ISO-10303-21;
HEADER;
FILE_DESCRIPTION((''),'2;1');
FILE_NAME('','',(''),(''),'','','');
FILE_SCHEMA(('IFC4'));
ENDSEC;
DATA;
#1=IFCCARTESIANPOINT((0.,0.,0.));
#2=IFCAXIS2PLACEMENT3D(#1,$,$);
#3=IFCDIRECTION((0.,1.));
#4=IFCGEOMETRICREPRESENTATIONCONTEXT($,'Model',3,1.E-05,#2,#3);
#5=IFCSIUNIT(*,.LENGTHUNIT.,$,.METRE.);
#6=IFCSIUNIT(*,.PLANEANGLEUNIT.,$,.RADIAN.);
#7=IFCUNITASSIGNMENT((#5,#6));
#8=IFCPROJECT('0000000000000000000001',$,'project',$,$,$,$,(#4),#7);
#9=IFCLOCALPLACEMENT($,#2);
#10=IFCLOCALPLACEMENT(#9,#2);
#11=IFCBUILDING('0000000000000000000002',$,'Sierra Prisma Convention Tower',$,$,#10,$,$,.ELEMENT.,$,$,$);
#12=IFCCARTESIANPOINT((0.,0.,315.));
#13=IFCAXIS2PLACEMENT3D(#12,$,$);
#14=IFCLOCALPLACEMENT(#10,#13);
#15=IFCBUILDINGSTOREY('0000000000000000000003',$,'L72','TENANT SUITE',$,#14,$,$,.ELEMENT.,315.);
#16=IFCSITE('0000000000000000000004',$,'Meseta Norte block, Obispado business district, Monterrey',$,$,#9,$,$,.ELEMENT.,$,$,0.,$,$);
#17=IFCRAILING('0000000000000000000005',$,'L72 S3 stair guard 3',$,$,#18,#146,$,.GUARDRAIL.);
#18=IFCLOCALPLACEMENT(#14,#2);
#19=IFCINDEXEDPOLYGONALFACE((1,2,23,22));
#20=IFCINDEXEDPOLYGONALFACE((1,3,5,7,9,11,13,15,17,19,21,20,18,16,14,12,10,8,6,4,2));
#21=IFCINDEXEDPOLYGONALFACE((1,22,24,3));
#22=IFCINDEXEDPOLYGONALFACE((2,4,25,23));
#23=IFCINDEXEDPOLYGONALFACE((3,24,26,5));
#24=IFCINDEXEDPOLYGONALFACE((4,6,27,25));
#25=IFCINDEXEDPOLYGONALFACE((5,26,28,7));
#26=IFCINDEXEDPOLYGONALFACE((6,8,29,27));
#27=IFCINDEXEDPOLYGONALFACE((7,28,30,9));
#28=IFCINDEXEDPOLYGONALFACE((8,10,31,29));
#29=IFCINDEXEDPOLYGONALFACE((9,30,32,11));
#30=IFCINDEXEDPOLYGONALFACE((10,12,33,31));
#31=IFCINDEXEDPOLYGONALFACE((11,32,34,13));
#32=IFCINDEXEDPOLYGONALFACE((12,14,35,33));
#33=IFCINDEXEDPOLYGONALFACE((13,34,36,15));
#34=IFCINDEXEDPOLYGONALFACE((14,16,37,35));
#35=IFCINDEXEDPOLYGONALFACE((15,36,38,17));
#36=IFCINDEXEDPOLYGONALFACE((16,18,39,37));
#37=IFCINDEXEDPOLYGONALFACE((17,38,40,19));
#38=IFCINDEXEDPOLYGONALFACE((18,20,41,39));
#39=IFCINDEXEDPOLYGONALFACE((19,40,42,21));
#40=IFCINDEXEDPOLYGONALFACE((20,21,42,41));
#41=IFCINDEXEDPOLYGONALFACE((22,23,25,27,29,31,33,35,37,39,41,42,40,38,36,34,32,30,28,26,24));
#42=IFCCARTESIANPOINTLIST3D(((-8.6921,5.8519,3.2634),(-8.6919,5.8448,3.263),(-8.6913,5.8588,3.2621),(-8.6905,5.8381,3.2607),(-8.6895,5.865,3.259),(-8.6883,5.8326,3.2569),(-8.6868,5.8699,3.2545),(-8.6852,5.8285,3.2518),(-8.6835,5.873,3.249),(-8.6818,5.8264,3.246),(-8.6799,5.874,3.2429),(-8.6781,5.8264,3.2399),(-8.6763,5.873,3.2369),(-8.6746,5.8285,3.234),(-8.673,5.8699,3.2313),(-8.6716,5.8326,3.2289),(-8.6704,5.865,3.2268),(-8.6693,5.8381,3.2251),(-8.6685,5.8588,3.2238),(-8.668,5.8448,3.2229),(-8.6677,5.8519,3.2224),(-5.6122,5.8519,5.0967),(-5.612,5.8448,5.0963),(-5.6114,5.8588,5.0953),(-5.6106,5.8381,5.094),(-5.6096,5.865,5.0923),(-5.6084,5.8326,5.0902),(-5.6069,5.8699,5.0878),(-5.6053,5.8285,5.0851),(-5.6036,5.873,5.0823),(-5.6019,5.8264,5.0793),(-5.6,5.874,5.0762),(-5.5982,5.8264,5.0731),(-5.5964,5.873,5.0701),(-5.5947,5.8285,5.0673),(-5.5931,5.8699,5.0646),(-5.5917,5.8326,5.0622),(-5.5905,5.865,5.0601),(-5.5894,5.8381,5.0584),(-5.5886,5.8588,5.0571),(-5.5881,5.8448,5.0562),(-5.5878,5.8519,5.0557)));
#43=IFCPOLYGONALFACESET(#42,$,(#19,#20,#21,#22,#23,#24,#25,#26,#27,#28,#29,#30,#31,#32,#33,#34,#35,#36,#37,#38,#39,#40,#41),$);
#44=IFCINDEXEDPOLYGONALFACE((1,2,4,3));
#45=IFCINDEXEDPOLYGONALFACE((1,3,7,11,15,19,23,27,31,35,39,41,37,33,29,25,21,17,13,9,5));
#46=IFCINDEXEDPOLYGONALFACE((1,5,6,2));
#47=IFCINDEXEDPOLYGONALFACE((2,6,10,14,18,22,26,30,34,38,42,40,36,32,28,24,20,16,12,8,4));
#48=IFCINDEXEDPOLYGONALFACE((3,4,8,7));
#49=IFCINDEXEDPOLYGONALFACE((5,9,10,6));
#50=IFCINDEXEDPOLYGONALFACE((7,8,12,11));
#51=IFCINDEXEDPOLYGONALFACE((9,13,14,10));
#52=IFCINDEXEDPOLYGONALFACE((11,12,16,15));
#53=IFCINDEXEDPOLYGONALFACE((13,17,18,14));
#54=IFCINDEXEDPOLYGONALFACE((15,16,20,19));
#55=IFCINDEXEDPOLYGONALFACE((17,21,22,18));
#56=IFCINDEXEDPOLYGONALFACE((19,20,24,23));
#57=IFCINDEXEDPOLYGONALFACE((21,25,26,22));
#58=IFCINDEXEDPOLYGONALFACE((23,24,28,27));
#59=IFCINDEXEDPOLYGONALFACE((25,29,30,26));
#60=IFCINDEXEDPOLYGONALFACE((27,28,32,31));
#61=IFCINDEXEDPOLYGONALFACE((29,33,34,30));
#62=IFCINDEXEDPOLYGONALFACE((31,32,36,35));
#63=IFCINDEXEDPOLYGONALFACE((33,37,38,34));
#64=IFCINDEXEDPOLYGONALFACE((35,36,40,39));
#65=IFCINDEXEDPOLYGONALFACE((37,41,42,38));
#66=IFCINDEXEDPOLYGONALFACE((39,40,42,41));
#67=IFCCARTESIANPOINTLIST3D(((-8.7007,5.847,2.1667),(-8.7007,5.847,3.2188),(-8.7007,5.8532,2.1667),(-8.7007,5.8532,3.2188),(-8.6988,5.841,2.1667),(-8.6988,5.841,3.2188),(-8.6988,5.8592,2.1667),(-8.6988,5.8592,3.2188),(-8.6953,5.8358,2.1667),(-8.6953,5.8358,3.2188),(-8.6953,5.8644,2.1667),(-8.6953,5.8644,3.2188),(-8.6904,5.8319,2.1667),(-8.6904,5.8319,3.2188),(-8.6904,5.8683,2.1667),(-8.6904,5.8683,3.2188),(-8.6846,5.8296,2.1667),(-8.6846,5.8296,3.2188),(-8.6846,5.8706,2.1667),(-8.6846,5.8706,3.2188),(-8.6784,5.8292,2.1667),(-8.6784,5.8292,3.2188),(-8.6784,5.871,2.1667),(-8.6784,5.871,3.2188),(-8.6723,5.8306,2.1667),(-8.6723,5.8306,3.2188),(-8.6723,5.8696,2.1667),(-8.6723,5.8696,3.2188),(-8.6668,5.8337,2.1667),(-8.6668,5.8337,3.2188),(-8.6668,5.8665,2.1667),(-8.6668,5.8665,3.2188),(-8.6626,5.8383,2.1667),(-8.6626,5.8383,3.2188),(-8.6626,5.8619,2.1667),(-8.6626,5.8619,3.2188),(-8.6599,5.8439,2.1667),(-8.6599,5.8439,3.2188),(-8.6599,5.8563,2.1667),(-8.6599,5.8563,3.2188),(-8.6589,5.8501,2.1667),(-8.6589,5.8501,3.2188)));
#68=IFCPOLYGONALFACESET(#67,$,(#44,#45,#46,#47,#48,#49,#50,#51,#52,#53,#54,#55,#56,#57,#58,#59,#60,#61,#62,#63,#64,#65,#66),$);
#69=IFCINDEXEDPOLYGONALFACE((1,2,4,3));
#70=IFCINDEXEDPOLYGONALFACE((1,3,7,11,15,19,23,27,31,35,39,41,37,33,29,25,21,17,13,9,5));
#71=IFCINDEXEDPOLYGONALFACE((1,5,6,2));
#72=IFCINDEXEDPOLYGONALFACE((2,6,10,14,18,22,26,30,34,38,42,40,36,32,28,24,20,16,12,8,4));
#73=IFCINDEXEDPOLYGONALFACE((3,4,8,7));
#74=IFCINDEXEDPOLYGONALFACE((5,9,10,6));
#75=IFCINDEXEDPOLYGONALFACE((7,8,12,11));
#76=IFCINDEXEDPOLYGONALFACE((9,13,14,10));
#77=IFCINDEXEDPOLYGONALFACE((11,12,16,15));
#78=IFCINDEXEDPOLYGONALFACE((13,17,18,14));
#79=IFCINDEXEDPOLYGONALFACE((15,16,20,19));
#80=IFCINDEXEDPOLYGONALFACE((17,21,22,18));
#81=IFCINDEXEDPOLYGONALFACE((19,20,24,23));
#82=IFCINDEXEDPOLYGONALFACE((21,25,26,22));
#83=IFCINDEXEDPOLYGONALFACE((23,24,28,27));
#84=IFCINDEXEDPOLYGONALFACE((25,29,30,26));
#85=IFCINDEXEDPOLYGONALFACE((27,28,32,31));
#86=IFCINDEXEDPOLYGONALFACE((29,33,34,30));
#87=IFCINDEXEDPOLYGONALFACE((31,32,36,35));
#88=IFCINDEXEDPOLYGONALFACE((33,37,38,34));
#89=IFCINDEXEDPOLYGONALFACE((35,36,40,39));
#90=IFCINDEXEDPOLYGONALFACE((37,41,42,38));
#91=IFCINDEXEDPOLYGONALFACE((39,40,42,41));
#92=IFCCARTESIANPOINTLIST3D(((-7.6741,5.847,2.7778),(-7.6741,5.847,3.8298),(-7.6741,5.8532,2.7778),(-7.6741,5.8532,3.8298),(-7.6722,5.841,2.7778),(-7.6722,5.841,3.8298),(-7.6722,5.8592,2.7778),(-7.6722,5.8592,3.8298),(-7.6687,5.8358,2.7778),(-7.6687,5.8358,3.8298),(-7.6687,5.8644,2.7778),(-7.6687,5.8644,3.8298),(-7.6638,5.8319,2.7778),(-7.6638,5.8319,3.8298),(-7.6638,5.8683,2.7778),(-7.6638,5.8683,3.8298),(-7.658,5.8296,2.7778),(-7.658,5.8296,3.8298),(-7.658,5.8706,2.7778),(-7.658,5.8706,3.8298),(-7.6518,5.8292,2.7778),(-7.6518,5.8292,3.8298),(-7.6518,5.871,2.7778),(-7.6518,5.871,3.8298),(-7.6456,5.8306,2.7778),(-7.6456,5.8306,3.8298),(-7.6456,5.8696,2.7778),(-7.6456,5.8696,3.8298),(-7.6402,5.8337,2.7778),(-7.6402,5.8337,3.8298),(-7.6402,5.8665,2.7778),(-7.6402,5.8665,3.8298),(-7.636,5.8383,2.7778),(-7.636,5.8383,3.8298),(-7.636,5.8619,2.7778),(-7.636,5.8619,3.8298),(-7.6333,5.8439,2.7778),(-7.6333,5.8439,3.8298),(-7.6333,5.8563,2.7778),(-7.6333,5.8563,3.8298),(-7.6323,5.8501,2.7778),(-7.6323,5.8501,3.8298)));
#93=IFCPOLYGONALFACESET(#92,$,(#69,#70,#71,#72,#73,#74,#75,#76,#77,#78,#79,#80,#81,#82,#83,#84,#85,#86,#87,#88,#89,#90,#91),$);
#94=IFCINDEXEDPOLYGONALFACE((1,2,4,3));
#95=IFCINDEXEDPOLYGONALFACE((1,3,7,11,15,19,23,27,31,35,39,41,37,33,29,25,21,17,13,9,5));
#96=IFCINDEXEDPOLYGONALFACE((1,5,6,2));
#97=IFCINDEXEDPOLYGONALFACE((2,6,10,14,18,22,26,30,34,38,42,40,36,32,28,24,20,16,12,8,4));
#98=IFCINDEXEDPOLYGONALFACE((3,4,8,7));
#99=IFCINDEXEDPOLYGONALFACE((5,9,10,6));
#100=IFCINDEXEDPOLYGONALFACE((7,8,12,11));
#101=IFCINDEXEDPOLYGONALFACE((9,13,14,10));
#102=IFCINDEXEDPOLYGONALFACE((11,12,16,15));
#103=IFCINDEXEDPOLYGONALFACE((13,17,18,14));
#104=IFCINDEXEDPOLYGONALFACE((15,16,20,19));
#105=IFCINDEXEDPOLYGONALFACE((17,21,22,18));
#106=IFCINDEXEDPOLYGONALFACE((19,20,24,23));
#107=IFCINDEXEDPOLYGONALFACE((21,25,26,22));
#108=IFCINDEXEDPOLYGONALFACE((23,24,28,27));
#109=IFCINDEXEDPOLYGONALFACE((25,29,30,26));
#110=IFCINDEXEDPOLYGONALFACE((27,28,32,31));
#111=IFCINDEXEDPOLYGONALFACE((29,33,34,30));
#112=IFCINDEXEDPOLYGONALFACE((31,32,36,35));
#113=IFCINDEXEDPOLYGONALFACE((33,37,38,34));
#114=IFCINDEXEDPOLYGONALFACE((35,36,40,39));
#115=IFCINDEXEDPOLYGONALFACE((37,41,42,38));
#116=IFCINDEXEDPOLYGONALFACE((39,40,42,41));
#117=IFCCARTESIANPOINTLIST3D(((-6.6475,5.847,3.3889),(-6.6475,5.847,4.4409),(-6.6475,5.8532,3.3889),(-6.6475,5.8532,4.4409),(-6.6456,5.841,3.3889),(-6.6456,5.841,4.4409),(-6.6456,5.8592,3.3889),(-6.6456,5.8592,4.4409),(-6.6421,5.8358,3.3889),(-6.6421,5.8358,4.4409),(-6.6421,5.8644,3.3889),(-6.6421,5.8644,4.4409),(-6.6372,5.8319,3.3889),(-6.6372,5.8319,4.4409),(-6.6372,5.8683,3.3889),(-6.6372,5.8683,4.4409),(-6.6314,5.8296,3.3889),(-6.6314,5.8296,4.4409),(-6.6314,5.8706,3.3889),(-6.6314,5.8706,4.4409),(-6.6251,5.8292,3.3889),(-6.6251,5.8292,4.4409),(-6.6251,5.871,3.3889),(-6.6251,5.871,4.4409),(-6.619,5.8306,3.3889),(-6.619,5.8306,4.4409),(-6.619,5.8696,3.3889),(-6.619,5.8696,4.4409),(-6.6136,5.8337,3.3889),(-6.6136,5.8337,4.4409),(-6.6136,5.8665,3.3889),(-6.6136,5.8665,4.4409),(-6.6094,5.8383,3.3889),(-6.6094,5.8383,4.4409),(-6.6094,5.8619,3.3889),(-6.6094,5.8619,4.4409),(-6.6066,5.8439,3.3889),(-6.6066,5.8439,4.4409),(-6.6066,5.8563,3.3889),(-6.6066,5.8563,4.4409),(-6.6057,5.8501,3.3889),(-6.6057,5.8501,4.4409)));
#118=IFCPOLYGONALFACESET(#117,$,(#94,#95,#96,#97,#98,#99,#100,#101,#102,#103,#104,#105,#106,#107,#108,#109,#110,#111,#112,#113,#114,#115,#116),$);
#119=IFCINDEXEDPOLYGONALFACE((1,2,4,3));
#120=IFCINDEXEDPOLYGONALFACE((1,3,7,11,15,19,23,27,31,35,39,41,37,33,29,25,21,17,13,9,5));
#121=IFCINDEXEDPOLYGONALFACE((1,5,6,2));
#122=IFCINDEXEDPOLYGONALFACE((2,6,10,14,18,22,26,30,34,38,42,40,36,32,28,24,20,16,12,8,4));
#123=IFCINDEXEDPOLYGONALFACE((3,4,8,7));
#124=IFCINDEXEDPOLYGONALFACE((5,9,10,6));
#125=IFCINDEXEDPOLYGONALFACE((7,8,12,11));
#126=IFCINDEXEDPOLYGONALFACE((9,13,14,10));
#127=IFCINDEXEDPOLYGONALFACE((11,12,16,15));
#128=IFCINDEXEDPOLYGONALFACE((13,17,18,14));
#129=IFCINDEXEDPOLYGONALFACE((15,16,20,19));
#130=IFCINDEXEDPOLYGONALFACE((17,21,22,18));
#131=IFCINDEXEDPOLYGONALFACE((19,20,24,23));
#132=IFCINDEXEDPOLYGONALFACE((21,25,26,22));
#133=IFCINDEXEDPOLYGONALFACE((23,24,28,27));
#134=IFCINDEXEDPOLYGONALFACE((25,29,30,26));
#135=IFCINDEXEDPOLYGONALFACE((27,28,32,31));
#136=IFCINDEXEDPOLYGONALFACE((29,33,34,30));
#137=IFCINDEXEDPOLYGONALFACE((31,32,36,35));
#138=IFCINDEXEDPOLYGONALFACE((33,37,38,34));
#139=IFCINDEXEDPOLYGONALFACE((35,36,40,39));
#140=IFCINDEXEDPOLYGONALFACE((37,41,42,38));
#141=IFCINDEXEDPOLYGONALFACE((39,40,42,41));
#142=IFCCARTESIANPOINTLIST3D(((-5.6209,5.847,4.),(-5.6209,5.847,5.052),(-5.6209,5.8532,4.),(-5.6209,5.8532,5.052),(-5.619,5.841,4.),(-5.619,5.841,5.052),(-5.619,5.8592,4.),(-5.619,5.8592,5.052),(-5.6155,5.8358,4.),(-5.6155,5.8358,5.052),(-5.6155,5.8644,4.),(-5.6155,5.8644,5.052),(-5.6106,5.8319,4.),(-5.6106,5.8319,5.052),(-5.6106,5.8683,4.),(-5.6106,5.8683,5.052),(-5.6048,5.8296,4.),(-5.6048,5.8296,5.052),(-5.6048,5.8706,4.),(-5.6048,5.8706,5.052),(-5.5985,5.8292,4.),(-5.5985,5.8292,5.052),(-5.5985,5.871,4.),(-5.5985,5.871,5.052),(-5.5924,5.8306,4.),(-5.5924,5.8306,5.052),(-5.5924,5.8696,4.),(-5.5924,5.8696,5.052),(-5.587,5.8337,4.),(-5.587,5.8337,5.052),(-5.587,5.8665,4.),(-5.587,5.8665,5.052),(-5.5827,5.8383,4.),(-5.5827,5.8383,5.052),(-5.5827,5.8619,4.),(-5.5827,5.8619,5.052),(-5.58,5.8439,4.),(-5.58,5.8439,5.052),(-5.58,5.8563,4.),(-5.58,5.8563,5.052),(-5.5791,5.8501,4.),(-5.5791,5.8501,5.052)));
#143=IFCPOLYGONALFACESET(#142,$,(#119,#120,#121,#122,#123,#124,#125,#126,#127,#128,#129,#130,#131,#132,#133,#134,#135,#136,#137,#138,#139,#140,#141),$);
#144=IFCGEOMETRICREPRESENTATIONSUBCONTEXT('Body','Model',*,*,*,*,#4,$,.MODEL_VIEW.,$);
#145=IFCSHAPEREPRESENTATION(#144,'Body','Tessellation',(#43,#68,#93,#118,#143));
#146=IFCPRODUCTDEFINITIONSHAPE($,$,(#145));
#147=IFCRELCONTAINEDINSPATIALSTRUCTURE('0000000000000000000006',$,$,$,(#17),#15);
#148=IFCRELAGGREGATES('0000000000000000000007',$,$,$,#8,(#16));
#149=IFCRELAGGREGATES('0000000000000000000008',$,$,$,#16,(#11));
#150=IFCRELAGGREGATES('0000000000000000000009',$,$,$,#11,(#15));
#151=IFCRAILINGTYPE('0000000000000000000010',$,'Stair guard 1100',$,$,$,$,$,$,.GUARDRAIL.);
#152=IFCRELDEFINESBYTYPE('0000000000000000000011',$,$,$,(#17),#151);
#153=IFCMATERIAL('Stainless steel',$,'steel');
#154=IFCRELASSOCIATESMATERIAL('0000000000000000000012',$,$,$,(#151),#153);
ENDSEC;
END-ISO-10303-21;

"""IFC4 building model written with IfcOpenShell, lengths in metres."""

from ifc_helpers import new_model, si_unit, direction, frame, origin, origin_2d, place, context, subcontext, project, spatial, circle, extrude, material, type_object, element, save


model = new_model("IFC4")

# Units and contexts
model_context = context("Model", 3, precision=1e-05, world=origin(), true_north=direction((0.0, 1.0)))
body_context = subcontext(model_context, "Body", "Model", "MODEL_VIEW")
ifc_project = project(units=[si_unit("LENGTHUNIT", "METRE"), si_unit("PLANEANGLEUNIT", "RADIAN")], contexts=[model_context])

# Site, building, storey
site_placement = place(None, origin())
site = spatial("IfcSite", under=ifc_project, at=site_placement, Name="Meseta Norte block, Obispado business district, Monterrey", CompositionType="ELEMENT", RefElevation=0.0)
building_placement = place(site_placement, origin())
building = spatial("IfcBuilding", under=site, at=building_placement, Name="Sierra Prisma Convention Tower", CompositionType="ELEMENT")
storey_placement = place(building_placement, frame((0.0, 0.0, 315.0)))
storey = spatial("IfcBuildingStorey", under=building, at=storey_placement, Name="L72", Description="TENANT SUITE", CompositionType="ELEMENT", Elevation=315.0)

# Railing
ifc_material_1 = material(Name="Stainless steel", Category="steel")
railing_type_1 = type_object("IfcRailingType", Name="Stair guard 1100", PredefinedType="GUARDRAIL", material=ifc_material_1)
railing_1_placement = place(storey_placement, frame((-8.6799, 5.8501, 2.1667)))
element("IfcRailing", 1, at=railing_1_placement, inside=storey, type_object=railing_type_1, Name="L72 S3 stair guard 3", PredefinedType="GUARDRAIL", context=body_context, shape_type="SweptSolid", body=[
    extrude(circle(Radius=0.0239, at=origin_2d()), frame((0.0, 0.0, 1.0762), z_axis=(0.859291, 0.0, 0.511487), x_axis=(0.0, 1.0, 0.0)), (0.0, 0.0, 1.0), 3.5842),
    extrude(circle(Radius=0.021, at=origin_2d()), origin(), (0.0, 0.0, 1.0), 1.052),
    extrude(circle(Radius=0.021, at=origin_2d()), frame((1.0266, 0.0, 0.6111)), (0.0, 0.0, 1.0), 1.052),
    extrude(circle(Radius=0.021, at=origin_2d()), frame((2.0532, 0.0, 1.2222)), (0.0, 0.0, 1.0), 1.052),
    extrude(circle(Radius=0.021, at=origin_2d()), frame((3.0798, 0.0, 1.8333)), (0.0, 0.0, 1.0), 1.052),
])

save(model, "model.ifc")
